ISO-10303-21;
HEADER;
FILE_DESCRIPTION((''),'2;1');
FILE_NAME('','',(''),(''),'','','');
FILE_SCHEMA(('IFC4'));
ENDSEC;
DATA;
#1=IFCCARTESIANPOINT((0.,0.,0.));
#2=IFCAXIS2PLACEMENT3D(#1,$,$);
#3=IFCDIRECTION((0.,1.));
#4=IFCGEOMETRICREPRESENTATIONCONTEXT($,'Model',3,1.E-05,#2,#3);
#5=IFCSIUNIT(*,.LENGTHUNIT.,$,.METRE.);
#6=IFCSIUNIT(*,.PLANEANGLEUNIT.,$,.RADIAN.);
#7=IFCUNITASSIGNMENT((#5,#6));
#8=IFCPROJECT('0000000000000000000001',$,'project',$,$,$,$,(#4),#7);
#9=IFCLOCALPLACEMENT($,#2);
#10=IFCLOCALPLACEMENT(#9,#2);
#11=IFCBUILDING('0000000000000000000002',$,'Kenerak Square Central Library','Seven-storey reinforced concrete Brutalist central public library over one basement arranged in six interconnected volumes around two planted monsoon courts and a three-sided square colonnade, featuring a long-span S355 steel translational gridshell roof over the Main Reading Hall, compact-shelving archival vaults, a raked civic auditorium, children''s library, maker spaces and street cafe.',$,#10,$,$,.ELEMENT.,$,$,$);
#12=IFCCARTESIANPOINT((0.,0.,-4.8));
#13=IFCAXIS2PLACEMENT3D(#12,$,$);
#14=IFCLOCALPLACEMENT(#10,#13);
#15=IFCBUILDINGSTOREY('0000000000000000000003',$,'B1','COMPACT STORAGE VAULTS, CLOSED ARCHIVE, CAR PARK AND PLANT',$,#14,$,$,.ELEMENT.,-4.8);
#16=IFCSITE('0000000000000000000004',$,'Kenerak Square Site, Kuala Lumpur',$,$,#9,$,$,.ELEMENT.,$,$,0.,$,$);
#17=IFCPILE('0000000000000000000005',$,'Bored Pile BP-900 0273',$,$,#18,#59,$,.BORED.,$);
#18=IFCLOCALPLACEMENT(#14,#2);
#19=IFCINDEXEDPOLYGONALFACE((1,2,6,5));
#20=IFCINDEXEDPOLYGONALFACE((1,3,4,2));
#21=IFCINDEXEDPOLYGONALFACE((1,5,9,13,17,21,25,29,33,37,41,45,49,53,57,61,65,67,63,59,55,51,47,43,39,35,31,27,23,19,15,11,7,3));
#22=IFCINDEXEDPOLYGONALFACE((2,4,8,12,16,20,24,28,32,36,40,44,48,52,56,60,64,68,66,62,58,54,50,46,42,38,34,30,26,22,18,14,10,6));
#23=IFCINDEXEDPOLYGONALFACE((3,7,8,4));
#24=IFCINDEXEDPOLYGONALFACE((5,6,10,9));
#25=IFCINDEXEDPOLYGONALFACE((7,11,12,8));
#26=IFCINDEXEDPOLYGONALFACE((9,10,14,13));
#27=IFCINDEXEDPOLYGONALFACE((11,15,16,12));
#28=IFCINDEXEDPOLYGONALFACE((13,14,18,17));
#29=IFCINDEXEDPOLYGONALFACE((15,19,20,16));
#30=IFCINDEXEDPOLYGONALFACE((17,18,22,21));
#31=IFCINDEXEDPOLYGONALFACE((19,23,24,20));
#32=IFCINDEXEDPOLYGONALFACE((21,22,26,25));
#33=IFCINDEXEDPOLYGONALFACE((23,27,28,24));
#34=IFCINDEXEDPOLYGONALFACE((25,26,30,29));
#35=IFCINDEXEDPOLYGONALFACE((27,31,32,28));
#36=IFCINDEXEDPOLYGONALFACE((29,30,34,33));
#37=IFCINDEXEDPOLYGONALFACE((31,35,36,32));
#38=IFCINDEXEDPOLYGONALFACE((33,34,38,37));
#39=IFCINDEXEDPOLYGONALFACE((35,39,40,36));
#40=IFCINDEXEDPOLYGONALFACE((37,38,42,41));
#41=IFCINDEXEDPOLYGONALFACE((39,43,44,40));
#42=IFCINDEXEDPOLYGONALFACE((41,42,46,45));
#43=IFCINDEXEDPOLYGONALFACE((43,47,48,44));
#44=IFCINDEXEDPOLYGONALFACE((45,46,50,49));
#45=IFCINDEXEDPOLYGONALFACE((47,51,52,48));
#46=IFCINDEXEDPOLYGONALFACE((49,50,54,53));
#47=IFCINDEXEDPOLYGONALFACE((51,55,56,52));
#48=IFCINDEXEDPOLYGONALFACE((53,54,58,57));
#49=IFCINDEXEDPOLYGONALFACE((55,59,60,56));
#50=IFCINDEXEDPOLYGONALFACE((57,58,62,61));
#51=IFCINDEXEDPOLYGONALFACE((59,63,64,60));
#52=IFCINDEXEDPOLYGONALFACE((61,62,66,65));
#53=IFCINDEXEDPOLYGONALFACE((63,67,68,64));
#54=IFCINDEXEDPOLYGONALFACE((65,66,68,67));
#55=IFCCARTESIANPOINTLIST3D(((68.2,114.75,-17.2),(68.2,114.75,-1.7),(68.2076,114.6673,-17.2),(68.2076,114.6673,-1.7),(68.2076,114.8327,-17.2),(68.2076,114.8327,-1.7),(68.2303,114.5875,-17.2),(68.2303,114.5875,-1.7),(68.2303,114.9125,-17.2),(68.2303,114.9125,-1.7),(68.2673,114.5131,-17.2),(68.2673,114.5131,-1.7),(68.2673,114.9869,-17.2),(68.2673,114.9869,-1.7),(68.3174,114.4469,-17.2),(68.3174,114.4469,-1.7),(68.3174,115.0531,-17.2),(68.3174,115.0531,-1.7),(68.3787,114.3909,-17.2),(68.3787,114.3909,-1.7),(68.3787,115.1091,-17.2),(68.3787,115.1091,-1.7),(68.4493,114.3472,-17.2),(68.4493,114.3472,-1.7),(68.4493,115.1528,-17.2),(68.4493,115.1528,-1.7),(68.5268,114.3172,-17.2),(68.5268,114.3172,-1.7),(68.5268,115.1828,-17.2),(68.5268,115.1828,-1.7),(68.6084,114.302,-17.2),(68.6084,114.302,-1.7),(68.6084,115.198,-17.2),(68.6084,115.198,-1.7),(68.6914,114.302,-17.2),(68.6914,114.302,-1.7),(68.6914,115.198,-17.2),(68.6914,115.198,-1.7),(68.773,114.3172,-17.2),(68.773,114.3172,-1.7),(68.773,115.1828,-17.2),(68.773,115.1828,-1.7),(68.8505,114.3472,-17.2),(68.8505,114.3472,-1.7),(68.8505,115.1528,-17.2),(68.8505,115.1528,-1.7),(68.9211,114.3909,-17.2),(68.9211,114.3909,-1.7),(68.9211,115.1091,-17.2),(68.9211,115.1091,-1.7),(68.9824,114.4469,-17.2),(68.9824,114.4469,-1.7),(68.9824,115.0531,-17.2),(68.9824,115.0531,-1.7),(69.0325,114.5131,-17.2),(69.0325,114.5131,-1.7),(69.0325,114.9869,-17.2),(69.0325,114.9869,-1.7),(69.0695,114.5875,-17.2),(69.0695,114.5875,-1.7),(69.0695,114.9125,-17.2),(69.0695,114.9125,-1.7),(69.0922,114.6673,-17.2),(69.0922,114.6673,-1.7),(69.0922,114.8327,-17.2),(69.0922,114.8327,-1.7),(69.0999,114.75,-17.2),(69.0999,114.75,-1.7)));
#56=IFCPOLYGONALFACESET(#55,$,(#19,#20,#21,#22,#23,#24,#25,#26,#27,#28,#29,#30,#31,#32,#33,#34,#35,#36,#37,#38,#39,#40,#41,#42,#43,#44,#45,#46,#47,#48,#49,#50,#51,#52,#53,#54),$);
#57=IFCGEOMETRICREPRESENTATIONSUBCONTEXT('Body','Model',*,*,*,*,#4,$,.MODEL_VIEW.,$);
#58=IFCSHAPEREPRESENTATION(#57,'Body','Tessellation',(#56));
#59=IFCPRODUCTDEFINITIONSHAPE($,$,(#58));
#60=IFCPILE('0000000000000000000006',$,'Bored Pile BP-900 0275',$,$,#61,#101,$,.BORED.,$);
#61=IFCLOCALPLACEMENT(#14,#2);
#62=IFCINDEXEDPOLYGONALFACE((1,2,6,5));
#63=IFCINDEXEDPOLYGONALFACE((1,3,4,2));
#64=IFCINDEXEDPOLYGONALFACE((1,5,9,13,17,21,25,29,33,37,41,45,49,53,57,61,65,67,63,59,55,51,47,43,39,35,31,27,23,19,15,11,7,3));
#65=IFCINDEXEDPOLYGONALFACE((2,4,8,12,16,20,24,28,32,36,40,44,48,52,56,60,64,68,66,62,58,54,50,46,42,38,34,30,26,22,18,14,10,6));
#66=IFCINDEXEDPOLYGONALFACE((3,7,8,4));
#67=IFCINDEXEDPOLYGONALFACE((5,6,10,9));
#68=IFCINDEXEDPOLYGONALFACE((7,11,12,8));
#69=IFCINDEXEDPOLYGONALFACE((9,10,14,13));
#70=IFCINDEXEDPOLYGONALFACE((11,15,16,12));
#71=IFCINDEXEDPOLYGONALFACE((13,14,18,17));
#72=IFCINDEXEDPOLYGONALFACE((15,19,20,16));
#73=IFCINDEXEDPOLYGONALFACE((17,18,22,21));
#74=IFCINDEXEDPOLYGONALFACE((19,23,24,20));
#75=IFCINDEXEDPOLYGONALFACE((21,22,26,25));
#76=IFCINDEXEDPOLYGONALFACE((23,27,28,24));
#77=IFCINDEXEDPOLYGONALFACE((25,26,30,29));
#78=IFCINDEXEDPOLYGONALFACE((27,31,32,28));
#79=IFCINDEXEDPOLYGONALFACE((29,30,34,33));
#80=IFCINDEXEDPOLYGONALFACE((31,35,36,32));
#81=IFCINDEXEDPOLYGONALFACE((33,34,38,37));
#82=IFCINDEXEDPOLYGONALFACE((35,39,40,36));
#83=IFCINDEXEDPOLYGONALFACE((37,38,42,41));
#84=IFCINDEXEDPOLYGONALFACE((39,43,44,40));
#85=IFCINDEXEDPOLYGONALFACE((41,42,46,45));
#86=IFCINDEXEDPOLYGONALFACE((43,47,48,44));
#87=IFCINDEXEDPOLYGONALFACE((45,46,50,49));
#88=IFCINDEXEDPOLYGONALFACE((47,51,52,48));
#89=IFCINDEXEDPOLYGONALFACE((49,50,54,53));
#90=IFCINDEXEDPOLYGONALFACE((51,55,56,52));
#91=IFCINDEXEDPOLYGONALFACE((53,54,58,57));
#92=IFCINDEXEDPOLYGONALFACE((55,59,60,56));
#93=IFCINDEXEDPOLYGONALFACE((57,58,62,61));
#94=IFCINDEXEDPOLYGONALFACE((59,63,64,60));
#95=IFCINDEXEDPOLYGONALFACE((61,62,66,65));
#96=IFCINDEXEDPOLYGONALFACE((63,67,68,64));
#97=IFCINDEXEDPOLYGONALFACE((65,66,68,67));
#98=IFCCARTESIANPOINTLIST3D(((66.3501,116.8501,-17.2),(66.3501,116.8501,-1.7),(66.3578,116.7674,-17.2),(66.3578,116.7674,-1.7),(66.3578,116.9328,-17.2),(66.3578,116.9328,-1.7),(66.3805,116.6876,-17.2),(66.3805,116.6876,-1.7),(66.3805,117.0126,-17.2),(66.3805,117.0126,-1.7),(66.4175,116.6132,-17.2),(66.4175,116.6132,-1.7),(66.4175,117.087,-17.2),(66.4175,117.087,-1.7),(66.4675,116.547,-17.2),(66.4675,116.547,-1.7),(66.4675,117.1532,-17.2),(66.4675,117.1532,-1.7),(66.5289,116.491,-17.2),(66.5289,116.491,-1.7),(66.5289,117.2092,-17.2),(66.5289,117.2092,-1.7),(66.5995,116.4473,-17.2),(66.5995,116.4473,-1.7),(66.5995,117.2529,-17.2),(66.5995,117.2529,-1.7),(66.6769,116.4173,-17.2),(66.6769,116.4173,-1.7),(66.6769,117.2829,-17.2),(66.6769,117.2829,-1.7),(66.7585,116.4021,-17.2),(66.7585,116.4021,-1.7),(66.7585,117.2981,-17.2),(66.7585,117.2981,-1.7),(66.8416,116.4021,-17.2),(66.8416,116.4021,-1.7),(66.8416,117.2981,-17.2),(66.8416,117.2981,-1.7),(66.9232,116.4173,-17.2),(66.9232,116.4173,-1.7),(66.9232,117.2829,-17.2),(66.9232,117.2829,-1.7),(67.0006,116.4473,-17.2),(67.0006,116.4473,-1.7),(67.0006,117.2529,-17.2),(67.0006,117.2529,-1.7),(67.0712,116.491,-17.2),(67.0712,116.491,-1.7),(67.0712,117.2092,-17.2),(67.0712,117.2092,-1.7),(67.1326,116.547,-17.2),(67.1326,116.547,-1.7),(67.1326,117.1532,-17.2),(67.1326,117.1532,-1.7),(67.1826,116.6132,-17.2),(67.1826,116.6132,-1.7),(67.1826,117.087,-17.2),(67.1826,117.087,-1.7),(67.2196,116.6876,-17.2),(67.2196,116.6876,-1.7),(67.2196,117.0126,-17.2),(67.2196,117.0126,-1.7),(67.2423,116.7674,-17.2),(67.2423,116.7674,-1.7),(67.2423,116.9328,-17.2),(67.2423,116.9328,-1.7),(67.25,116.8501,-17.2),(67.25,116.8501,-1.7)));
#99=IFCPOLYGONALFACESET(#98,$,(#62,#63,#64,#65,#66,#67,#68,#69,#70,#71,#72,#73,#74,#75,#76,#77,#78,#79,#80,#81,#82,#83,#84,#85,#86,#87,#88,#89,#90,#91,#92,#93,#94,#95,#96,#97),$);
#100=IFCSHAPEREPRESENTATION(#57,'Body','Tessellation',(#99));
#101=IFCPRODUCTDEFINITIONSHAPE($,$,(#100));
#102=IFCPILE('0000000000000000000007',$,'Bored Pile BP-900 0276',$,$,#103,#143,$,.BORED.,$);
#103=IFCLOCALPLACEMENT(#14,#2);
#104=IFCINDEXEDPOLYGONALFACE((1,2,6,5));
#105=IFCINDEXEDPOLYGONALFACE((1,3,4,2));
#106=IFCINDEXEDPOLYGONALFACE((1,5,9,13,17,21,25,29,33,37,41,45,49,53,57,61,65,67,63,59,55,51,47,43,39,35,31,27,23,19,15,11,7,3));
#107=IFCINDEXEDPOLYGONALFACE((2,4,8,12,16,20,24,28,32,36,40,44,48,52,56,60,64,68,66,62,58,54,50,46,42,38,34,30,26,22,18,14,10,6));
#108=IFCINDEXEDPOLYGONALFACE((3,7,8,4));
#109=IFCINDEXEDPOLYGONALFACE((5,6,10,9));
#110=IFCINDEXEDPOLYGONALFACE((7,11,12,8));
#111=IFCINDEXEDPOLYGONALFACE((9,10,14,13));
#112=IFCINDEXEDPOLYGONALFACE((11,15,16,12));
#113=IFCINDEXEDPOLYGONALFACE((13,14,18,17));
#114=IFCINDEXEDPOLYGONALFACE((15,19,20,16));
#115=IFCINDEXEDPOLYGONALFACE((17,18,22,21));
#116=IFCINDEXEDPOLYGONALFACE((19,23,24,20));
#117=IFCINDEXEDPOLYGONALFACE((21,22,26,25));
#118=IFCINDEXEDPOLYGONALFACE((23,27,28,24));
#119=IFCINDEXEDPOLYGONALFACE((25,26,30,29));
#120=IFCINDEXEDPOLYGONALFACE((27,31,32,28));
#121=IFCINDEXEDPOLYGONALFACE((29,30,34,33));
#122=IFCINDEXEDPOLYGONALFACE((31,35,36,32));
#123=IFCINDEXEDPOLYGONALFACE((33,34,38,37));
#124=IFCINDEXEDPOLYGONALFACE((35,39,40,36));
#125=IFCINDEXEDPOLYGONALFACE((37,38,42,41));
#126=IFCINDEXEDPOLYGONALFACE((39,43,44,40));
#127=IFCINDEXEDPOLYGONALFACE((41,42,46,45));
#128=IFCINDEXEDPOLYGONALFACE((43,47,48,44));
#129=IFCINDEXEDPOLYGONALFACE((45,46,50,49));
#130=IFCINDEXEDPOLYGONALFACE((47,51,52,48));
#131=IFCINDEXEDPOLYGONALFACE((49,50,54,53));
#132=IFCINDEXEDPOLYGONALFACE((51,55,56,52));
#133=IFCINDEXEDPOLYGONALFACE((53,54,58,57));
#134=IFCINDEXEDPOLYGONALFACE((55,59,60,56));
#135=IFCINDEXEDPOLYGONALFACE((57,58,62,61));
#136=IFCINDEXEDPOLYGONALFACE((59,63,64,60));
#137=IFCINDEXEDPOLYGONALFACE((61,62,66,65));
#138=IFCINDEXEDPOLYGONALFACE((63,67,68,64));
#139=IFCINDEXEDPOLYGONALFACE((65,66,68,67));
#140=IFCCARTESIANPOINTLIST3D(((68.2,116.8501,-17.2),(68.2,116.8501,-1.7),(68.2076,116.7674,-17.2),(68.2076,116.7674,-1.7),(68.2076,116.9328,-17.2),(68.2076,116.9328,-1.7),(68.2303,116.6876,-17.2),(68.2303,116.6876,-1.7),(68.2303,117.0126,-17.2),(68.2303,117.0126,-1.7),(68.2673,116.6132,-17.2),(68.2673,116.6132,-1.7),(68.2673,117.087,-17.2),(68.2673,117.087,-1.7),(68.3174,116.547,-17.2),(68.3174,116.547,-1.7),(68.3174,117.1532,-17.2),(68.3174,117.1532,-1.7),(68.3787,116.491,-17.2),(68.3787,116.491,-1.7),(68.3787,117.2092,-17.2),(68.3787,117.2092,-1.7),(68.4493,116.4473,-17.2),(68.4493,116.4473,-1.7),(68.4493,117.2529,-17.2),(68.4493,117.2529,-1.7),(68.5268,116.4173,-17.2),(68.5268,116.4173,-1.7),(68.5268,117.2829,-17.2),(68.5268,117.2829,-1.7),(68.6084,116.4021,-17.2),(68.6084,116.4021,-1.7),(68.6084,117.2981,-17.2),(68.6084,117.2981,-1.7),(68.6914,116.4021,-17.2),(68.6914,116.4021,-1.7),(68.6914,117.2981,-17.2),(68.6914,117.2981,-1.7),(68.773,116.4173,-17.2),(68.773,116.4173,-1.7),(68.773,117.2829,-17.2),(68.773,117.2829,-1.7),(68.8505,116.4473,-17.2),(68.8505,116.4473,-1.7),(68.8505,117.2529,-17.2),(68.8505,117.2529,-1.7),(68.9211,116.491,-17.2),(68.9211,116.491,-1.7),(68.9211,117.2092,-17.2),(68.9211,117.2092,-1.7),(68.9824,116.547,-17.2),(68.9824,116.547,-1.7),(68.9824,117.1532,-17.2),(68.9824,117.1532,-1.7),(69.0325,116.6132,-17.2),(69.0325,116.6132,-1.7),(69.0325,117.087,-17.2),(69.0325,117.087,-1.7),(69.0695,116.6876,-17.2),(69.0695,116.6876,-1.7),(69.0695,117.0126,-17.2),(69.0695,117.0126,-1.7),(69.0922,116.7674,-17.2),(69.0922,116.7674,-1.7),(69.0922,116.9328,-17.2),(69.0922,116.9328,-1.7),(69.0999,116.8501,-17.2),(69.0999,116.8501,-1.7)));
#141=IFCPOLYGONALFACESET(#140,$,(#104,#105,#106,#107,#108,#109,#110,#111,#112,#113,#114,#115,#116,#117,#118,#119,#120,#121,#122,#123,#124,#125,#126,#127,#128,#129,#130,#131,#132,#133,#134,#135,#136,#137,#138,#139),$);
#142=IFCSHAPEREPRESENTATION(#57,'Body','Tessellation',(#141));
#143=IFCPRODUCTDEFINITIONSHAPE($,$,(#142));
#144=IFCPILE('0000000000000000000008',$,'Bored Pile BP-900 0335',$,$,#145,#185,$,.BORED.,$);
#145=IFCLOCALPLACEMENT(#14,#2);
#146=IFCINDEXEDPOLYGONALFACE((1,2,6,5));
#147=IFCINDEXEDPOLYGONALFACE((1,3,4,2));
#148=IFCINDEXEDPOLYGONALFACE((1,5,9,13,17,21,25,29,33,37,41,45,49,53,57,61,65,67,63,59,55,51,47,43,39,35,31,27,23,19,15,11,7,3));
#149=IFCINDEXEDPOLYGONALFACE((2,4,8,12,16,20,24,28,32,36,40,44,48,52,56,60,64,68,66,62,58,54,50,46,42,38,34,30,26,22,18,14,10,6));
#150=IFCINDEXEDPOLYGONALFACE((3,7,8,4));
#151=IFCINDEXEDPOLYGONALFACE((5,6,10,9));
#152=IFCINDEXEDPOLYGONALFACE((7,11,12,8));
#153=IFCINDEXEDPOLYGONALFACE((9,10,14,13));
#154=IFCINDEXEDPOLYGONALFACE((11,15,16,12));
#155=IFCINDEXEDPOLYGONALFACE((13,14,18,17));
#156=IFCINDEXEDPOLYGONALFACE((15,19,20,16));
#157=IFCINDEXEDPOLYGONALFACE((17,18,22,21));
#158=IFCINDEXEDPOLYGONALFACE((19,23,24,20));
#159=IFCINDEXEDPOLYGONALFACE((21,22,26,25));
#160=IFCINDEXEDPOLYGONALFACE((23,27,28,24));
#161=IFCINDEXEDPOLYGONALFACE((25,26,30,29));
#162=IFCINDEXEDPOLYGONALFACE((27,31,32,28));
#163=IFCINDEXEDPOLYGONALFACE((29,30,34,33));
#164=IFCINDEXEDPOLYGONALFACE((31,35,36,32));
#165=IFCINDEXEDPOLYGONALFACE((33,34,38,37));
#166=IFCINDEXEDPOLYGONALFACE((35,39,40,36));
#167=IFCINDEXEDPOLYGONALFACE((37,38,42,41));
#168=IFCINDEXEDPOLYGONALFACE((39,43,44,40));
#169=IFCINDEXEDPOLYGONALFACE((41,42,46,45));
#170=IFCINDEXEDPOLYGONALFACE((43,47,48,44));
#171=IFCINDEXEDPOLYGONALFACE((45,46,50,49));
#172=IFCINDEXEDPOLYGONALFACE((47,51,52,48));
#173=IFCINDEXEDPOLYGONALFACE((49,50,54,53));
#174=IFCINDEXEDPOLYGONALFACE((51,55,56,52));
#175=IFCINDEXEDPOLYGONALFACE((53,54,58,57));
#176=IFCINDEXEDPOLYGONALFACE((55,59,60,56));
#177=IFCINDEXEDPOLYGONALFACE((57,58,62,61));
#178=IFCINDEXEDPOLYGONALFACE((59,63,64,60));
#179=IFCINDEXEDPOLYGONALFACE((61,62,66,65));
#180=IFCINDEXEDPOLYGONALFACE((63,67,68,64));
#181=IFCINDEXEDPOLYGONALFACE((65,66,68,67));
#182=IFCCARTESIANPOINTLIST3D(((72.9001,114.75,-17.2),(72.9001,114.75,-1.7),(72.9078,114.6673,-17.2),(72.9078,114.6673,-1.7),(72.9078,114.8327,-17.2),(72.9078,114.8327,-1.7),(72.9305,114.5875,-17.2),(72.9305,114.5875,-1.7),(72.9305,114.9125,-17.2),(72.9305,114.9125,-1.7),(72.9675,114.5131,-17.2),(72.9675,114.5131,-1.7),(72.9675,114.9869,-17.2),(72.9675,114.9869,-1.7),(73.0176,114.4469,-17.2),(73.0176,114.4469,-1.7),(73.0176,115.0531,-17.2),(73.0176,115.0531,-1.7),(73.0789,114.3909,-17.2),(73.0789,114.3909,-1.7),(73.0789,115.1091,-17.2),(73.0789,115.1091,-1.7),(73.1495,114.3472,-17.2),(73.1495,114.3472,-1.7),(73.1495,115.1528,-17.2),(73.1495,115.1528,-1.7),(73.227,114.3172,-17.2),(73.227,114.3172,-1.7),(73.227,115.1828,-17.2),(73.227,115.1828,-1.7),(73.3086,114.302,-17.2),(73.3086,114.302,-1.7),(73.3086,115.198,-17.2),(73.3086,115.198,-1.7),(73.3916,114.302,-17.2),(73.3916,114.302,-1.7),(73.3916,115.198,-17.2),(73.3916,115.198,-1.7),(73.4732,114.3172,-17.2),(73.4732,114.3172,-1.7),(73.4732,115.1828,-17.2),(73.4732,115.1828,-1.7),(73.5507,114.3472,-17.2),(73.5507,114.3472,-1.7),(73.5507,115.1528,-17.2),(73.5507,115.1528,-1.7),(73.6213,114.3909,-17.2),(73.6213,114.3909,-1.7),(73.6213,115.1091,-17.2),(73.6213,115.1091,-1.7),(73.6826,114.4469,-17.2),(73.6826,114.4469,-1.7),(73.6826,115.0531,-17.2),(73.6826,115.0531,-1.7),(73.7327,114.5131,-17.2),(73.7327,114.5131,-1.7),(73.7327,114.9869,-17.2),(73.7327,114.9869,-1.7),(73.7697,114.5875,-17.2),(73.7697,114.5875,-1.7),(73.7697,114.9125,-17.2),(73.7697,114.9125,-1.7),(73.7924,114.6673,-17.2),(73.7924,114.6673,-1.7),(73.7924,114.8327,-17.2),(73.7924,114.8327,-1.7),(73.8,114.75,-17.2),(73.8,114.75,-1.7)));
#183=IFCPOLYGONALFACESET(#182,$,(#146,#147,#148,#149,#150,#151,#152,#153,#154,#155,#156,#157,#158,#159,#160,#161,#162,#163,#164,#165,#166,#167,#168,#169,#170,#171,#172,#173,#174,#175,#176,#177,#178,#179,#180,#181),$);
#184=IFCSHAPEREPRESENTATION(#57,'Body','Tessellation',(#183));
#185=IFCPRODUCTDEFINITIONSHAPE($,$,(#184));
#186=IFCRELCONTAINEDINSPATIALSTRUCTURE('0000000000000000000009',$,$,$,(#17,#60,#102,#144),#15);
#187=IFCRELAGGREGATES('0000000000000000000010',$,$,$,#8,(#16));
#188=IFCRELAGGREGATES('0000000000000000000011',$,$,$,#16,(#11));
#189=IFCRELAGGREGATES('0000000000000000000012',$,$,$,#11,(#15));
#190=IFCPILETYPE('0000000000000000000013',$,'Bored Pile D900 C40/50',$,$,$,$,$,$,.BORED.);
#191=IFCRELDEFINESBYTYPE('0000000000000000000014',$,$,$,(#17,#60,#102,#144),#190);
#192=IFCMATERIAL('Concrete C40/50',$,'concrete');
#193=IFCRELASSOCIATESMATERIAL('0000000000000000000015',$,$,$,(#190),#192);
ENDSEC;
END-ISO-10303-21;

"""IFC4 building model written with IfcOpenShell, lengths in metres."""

from ifc_helpers import new_model, si_unit, direction, frame, origin, origin_2d, place, context, subcontext, project, spatial, circle, extrude, material, material_profile, profile_set, type_object, element, save


model = new_model("IFC4")

# Units and contexts
model_context = context("Model", 3, precision=1e-05, world=origin(), true_north=direction((0.0, 1.0)))
body_context = subcontext(model_context, "Body", "Model", "MODEL_VIEW")
ifc_project = project(units=[si_unit("LENGTHUNIT", "METRE"), si_unit("PLANEANGLEUNIT", "RADIAN")], contexts=[model_context])

# Site, building, storey
site_placement = place(None, origin())
site = spatial("IfcSite", under=ifc_project, at=site_placement, Name="Kenerak Square Site, Kuala Lumpur", CompositionType="ELEMENT", RefElevation=0.0)
building_placement = place(site_placement, origin())
building = spatial("IfcBuilding", under=site, at=building_placement, Name="Kenerak Square Central Library", Description="Seven-storey reinforced concrete Brutalist central public library over one basement arranged in six interconnected volumes around two planted monsoon courts and a three-sided square colonnade, featuring a long-span S355 steel translational gridshell roof over the Main Reading Hall, compact-shelving archival vaults, a raked civic auditorium, children's library, maker spaces and street cafe.", CompositionType="ELEMENT")
storey_placement = place(building_placement, frame((0.0, 0.0, -4.8)))
storey = spatial("IfcBuildingStorey", under=building, at=storey_placement, Name="B1", Description="COMPACT STORAGE VAULTS, CLOSED ARCHIVE, CAR PARK AND PLANT", CompositionType="ELEMENT", Elevation=-4.8)

# Piles
ifc_material_1 = material(Name="Concrete C40/50", Category="concrete")
ifc_material_profile_1 = material_profile(ifc_material_1, circle(Radius=0.45, at=origin_2d()), Name="BP D900")
ifc_profile_set_1 = profile_set([ifc_material_profile_1], Name="Concrete C40/50")
pile_type_1 = type_object("IfcPileType", Name="Bored Pile D900 C40/50", PredefinedType="BORED", material=ifc_profile_set_1)
for number, where, z_axis, x_axis, name in (
    (1, (68.6499, 114.75, -1.7), (0.0, 0.0, -1.0), (1.0, 0.0, 0.0), "Bored Pile BP-900 0273"),
    (2, (66.8, 116.8501, -1.7), (0.0, 0.0, -1.0), (1.0, 0.0, 0.0), "Bored Pile BP-900 0275"),
    (3, (68.6499, 116.8501, -1.7), (0.0, 0.0, -1.0), (1.0, 0.0, 0.0), "Bored Pile BP-900 0276"),
    (4, (73.3501, 114.75, -1.7), (0.0, 0.0, -1.0), (1.0, 0.0, 0.0), "Bored Pile BP-900 0335"),
):
    element("IfcPile", number, at=place(storey_placement, frame(where, z_axis=z_axis, x_axis=x_axis)), inside=storey, type_object=pile_type_1, Name=name, PredefinedType="BORED", context=body_context, shape_type="SweptSolid", body=[
        extrude(circle(Radius=0.45, at=origin_2d()), origin(), (0.0, 0.0, 1.0), 15.5),
    ])

save(model, "model.ifc")
